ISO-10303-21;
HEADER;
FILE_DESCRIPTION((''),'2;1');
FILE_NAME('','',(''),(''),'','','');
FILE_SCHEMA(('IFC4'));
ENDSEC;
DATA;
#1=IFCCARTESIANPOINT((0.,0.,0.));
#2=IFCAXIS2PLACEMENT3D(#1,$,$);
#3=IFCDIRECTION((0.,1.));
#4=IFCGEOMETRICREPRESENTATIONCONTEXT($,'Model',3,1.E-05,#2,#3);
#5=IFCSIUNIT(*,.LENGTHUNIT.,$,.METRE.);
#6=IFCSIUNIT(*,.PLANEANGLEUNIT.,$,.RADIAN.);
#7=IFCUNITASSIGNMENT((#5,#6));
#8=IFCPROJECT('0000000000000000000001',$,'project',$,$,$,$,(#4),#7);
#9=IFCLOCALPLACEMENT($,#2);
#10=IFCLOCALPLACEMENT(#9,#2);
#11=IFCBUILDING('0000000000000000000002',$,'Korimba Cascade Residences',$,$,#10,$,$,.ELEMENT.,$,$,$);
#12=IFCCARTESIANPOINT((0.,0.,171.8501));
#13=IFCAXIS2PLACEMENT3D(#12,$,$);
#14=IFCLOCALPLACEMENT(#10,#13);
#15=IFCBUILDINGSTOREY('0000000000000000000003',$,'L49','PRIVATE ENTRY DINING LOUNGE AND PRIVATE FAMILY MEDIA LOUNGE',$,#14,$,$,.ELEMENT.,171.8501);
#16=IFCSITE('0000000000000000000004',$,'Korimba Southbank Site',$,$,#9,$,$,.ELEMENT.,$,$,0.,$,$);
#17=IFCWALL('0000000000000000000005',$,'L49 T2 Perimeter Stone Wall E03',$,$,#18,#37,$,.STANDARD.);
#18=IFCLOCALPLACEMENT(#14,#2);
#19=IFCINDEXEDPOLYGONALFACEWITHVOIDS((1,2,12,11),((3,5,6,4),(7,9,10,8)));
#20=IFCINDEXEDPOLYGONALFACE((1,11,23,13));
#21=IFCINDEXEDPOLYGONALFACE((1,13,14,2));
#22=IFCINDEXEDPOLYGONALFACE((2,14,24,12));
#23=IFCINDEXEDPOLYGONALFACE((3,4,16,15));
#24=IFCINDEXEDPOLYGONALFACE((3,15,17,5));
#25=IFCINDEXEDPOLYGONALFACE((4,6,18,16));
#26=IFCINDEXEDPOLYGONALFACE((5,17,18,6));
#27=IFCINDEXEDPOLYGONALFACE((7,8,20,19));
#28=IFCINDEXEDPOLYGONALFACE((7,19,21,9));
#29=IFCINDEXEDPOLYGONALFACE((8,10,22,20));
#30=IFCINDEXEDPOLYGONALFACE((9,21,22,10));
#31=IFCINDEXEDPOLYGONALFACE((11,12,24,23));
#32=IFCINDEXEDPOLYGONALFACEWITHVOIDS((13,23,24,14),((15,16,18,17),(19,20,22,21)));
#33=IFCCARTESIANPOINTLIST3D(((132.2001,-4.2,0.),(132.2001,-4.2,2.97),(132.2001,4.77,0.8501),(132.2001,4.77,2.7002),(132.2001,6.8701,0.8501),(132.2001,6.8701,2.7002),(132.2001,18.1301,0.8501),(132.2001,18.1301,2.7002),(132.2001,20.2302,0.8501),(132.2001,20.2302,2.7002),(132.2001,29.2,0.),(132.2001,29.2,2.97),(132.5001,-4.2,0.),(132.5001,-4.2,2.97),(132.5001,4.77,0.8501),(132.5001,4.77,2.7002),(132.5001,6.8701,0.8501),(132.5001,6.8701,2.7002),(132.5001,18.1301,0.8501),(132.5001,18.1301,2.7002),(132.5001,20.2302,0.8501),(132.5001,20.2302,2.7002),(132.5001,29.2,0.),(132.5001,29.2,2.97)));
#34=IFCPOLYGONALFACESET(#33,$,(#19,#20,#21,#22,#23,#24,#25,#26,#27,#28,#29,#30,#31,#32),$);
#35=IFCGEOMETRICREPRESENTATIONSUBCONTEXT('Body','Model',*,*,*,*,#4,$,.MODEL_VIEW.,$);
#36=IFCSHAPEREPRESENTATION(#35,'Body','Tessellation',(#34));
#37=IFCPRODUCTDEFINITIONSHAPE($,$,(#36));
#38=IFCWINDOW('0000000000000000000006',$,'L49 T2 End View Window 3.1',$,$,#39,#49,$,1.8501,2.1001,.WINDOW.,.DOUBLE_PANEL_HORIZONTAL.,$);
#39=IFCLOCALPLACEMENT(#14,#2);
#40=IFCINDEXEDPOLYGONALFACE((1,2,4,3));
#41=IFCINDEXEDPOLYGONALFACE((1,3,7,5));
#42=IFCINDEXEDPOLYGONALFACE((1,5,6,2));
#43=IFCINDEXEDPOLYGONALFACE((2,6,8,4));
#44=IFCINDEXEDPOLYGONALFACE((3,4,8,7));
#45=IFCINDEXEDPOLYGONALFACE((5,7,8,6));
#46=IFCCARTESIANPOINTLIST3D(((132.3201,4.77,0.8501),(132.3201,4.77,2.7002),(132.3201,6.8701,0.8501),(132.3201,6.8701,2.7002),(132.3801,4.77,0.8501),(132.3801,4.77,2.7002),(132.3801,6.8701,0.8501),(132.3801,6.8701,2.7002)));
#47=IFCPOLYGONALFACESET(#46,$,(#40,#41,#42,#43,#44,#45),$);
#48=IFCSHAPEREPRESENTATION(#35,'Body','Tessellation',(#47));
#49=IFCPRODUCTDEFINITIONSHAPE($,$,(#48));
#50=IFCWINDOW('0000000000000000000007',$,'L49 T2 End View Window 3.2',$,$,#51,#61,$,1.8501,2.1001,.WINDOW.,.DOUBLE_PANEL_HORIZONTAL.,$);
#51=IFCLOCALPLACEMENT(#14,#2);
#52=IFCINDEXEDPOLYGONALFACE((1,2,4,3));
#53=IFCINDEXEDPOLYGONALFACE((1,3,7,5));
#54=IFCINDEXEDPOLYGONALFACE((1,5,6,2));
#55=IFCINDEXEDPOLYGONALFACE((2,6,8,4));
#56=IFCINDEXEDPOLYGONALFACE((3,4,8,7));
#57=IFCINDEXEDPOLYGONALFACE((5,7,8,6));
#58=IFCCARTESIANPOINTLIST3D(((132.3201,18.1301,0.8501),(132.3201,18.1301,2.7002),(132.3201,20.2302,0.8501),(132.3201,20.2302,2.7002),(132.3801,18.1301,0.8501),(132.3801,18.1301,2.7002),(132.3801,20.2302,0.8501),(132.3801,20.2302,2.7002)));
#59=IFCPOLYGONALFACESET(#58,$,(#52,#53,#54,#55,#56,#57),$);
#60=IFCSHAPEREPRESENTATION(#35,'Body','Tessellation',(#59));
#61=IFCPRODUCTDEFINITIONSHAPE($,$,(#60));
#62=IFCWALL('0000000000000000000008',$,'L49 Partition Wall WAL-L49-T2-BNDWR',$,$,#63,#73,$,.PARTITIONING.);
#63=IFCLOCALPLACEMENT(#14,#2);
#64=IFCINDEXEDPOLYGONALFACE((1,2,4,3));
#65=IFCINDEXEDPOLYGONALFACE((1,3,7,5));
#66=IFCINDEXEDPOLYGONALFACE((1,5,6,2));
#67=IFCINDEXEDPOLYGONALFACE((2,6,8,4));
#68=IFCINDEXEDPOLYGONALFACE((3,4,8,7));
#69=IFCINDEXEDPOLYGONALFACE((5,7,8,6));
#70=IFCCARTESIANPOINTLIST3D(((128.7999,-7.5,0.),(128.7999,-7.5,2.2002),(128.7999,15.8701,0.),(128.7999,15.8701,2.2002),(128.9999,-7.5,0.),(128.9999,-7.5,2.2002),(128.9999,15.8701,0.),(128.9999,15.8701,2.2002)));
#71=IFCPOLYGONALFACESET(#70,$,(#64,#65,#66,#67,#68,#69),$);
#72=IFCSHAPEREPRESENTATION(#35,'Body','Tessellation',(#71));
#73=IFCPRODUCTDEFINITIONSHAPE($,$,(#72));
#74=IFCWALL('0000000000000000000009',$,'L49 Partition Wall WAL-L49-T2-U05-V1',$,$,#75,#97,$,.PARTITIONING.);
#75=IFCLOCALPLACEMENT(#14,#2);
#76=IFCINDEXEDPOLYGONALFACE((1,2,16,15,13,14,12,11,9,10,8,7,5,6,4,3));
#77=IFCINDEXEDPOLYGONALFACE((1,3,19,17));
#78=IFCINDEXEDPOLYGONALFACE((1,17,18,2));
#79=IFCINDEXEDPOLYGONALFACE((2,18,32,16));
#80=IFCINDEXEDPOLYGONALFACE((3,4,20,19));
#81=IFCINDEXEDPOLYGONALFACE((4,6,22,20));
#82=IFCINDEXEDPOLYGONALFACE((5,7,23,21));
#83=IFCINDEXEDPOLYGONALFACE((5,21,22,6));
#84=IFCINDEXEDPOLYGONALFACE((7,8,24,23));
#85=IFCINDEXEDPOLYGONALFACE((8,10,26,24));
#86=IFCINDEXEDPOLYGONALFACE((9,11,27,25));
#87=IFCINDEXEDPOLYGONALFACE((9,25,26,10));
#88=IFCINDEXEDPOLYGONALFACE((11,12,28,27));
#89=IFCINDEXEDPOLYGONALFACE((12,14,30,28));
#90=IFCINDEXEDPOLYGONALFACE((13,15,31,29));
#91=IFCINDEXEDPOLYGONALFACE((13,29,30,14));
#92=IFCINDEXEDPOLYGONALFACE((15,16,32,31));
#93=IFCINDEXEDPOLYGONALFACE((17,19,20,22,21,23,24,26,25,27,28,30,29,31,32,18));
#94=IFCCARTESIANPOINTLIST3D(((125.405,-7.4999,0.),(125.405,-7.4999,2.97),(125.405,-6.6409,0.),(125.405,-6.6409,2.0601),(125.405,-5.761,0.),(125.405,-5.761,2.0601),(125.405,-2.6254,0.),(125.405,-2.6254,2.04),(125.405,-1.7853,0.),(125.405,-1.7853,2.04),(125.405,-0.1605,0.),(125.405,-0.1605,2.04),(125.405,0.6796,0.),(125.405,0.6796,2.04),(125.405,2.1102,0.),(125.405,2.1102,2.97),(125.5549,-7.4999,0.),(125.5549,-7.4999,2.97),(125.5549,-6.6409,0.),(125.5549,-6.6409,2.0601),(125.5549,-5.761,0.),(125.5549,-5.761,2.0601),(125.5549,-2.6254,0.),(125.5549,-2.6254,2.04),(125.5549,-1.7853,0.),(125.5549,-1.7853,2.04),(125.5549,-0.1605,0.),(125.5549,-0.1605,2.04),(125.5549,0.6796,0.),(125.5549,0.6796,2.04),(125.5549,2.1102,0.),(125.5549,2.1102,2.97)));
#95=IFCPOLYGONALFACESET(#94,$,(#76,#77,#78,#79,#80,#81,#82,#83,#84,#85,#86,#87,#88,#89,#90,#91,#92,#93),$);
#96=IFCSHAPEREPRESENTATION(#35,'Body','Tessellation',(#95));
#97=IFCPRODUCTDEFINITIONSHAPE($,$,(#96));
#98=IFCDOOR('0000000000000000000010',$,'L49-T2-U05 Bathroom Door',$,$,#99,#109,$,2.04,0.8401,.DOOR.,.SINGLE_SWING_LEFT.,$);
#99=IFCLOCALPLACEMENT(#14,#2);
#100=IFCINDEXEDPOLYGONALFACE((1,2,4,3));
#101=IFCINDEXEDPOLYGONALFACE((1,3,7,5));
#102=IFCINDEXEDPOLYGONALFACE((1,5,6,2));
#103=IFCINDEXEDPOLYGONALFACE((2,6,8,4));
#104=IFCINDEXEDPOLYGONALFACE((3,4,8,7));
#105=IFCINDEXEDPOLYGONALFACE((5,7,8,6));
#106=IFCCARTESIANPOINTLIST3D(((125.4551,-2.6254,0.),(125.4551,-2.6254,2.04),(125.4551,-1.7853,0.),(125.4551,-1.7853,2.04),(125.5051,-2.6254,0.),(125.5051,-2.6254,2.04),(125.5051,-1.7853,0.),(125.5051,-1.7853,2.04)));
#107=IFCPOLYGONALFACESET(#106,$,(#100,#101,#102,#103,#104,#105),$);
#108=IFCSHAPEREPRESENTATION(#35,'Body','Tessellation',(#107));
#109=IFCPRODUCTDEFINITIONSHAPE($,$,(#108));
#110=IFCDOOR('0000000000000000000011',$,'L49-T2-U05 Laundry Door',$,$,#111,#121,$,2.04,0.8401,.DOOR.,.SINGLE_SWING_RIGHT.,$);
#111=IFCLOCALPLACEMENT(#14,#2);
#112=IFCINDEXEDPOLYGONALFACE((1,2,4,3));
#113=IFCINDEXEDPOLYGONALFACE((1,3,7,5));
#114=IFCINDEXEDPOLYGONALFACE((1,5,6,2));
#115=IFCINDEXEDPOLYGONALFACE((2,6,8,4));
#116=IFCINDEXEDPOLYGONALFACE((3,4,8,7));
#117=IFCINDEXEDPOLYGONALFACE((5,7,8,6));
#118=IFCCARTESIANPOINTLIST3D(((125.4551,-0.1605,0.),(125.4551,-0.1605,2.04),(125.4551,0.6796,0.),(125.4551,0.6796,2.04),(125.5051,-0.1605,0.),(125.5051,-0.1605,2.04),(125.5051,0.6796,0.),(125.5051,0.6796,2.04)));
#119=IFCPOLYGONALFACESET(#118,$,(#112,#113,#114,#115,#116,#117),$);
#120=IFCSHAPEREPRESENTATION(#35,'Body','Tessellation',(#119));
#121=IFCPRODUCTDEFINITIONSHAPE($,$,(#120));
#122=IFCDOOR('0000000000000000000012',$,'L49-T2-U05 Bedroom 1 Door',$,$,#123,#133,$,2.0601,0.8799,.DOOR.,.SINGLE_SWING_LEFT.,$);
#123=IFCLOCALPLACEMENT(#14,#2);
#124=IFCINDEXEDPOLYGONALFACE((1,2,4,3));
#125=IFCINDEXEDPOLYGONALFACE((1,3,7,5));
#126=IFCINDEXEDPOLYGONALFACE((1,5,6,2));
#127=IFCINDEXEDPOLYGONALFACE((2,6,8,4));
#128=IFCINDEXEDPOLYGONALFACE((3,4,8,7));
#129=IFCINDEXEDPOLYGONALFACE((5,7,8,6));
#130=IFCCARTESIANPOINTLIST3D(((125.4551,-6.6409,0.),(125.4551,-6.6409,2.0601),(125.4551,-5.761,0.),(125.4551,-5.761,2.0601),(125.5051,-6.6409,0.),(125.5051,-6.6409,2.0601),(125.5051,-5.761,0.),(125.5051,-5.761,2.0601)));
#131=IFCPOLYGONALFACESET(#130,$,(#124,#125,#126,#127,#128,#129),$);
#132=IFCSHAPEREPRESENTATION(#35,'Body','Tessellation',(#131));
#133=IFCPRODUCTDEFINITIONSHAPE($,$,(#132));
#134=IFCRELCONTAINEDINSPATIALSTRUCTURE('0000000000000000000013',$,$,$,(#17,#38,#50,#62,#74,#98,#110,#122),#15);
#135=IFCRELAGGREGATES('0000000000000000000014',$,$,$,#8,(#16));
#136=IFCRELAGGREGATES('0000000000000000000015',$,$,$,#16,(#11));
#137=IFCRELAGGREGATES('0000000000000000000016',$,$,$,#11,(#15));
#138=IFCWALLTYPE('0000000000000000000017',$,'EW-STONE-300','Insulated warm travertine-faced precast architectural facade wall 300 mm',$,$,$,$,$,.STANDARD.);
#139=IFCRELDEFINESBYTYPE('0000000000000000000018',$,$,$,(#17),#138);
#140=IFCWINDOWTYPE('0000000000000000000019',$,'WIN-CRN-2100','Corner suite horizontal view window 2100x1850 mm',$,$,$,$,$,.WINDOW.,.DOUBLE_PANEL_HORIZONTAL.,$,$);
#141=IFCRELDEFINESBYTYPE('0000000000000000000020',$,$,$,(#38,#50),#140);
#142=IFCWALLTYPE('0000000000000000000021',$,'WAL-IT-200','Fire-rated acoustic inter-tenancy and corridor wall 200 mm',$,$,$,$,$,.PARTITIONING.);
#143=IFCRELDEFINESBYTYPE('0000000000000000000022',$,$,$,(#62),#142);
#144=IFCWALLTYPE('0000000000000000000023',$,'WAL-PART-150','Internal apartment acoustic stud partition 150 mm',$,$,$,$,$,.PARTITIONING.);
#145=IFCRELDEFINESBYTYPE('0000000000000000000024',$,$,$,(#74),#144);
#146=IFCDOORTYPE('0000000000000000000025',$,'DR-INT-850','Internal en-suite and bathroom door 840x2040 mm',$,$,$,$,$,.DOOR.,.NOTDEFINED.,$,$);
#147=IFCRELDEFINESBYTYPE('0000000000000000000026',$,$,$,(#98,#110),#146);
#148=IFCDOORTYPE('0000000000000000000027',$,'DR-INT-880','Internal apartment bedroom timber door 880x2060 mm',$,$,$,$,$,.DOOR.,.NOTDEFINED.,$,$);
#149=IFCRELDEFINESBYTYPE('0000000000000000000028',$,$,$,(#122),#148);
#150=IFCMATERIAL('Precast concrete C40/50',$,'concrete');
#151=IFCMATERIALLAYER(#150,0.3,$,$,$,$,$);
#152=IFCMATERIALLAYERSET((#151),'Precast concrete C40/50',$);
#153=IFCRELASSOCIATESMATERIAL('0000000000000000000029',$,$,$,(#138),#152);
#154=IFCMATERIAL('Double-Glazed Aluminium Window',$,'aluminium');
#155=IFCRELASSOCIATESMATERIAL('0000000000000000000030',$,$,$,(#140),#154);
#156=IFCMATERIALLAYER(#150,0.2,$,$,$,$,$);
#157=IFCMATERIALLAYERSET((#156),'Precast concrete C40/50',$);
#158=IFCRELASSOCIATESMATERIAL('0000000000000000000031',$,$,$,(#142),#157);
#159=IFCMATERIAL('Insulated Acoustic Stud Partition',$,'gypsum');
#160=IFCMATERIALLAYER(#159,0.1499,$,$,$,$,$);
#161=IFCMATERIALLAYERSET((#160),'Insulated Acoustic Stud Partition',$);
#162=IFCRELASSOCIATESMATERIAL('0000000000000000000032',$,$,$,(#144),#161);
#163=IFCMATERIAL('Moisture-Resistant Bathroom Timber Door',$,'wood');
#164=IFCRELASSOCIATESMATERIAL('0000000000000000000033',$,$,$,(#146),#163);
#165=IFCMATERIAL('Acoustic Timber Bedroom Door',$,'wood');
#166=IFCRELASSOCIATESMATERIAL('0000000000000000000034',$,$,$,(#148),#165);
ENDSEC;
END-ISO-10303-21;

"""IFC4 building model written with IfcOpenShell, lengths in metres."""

from ifc_helpers import new_model, si_unit, direction, frame, frame_2d, origin, place, context, subcontext, project, spatial, rectangle, extrude, material, layer, layer_set, type_object, element, fill, save


model = new_model("IFC4")

# Units and contexts
model_context = context("Model", 3, precision=1e-05, world=origin(), true_north=direction((0.0, 1.0)))
body_context = subcontext(model_context, "Body", "Model", "MODEL_VIEW")
ifc_project = project(units=[si_unit("LENGTHUNIT", "METRE"), si_unit("PLANEANGLEUNIT", "RADIAN")], contexts=[model_context])

# Site, building, storey
site_placement = place(None, origin())
site = spatial("IfcSite", under=ifc_project, at=site_placement, Name="Korimba Southbank Site", CompositionType="ELEMENT", RefElevation=0.0)
building_placement = place(site_placement, origin())
building = spatial("IfcBuilding", under=site, at=building_placement, Name="Korimba Cascade Residences", CompositionType="ELEMENT")
storey_placement = place(building_placement, frame((0.0, 0.0, 171.8501)))
storey = spatial("IfcBuildingStorey", under=building, at=storey_placement, Name="L49", Description="PRIVATE ENTRY DINING LOUNGE AND PRIVATE FAMILY MEDIA LOUNGE", CompositionType="ELEMENT", Elevation=171.8501)

# Shared definitions
ifc_material_1 = material(Name="Precast concrete C40/50", Category="concrete")
ifc_layer_1 = layer(ifc_material_1, 0.3)
ifc_layer_set_1 = layer_set([ifc_layer_1], Name="Precast concrete C40/50")
wall_type_1 = type_object("IfcWallType", Name="EW-STONE-300", Description="Insulated warm travertine-faced precast architectural facade wall 300 mm", PredefinedType="STANDARD", material=ifc_layer_set_1)

# Wall, openings, windows
wall_1_placement = place(storey_placement, frame((132.3501, -4.2, 0.0), z_axis=(0.0, 0.0, 1.0), x_axis=(0.0, 1.0, 0.0)))
wall_1 = element("IfcWall", 1, at=wall_1_placement, inside=storey, type_object=wall_type_1, Name="L49 T2 Perimeter Stone Wall E03", PredefinedType="STANDARD", context=body_context, shape_type="SweptSolid", body=[
    extrude(rectangle(XDim=33.3999, YDim=0.3, at=frame_2d((16.7, 0.0))), origin(), (0.0, 0.0, 1.0), 2.97),
])
opening_1_placement = place(wall_1_placement, frame((8.97, 0.0, 0.8501)))
opening_1 = element("IfcOpeningElement", 2, at=opening_1_placement, cuts=wall_1, PredefinedType="OPENING", context=body_context, shape_type="SweptSolid", body=[
    extrude(rectangle(XDim=2.1001, YDim=1.8501, at=frame_2d((1.05, 0.925))), frame((0.0, 0.1602, 0.0), z_axis=(0.0, -1.0, 0.0), x_axis=(1.0, 0.0, 0.0)), (0.0, 0.0, 1.0), 0.3201),
])
opening_2_placement = place(wall_1_placement, frame((22.3301, 0.0, 0.8501)))
opening_2 = element("IfcOpeningElement", 3, at=opening_2_placement, cuts=wall_1, PredefinedType="OPENING", context=body_context, shape_type="SweptSolid", body=[
    extrude(rectangle(XDim=2.1001, YDim=1.8501, at=frame_2d((1.05, 0.925))), frame((0.0, 0.1602, 0.0), z_axis=(0.0, -1.0, 0.0), x_axis=(1.0, 0.0, 0.0)), (0.0, 0.0, 1.0), 0.3201),
])
ifc_material_2 = material(Name="Double-Glazed Aluminium Window", Category="aluminium")
window_type = type_object("IfcWindowType", Name="WIN-CRN-2100", Description="Corner suite horizontal view window 2100x1850 mm", PartitioningType="DOUBLE_PANEL_HORIZONTAL", PredefinedType="WINDOW", material=ifc_material_2)
window_1_placement = place(opening_1_placement, origin())
window_1 = element("IfcWindow", 4, at=window_1_placement, inside=storey, type_object=window_type, Name="L49 T2 End View Window 3.1", OverallHeight=1.8501, OverallWidth=2.1001, PartitioningType="DOUBLE_PANEL_HORIZONTAL", PredefinedType="WINDOW", context=body_context, shape_type="SweptSolid", body=[
    extrude(rectangle(XDim=2.1001, YDim=1.8501, at=frame_2d((1.05, 0.925))), frame((0.0, 0.03, 0.0), z_axis=(0.0, -1.0, 0.0), x_axis=(1.0, 0.0, 0.0)), (0.0, 0.0, 1.0), 0.0601),
])
fill(opening_1, window_1)
window_2_placement = place(opening_2_placement, origin())
window_2 = element("IfcWindow", 5, at=window_2_placement, inside=storey, type_object=window_type, Name="L49 T2 End View Window 3.2", OverallHeight=1.8501, OverallWidth=2.1001, PartitioningType="DOUBLE_PANEL_HORIZONTAL", PredefinedType="WINDOW", context=body_context, shape_type="SweptSolid", body=[
    extrude(rectangle(XDim=2.1001, YDim=1.8501, at=frame_2d((1.05, 0.925))), frame((0.0, 0.03, 0.0), z_axis=(0.0, -1.0, 0.0), x_axis=(1.0, 0.0, 0.0)), (0.0, 0.0, 1.0), 0.0601),
])
fill(opening_2, window_2)

# Wall
ifc_layer_2 = layer(ifc_material_1, 0.2)
ifc_layer_set_2 = layer_set([ifc_layer_2], Name="Precast concrete C40/50")
wall_type_2 = type_object("IfcWallType", Name="WAL-IT-200", Description="Fire-rated acoustic inter-tenancy and corridor wall 200 mm", PredefinedType="PARTITIONING", material=ifc_layer_set_2)
wall_2_placement = place(storey_placement, frame((128.8999, -7.5, 0.0), z_axis=(0.0, 0.0, 1.0), x_axis=(0.0, 1.0, 0.0)))
element("IfcWall", 6, at=wall_2_placement, inside=storey, type_object=wall_type_2, Name="L49 Partition Wall WAL-L49-T2-BNDWR", PredefinedType="PARTITIONING", context=body_context, shape_type="SweptSolid", body=[
    extrude(rectangle(XDim=23.3701, YDim=0.2, at=frame_2d((11.6851, 0.0))), origin(), (0.0, 0.0, 1.0), 2.2002),
])

# Wall, openings, doors
ifc_material_3 = material(Name="Insulated Acoustic Stud Partition", Category="gypsum")
ifc_layer_3 = layer(ifc_material_3, 0.1499)
ifc_layer_set_3 = layer_set([ifc_layer_3], Name="Insulated Acoustic Stud Partition")
wall_type_3 = type_object("IfcWallType", Name="WAL-PART-150", Description="Internal apartment acoustic stud partition 150 mm", PredefinedType="PARTITIONING", material=ifc_layer_set_3)
wall_3_placement = place(storey_placement, frame((125.48, -7.5, 0.0), z_axis=(0.0, 0.0, 1.0), x_axis=(0.0, 1.0, 0.0)))
wall_3 = element("IfcWall", 7, at=wall_3_placement, inside=storey, type_object=wall_type_3, Name="L49 Partition Wall WAL-L49-T2-U05-V1", PredefinedType="PARTITIONING", context=body_context, shape_type="SweptSolid", body=[
    extrude(rectangle(XDim=9.6101, YDim=0.1499, at=frame_2d((4.8052, 0.0))), origin(), (0.0, 0.0, 1.0), 2.97),
])
opening_3_placement = place(wall_3_placement, frame((4.8748, 0.0, 0.0)))
opening_3 = element("IfcOpeningElement", 8, at=opening_3_placement, cuts=wall_3, PredefinedType="OPENING", context=body_context, shape_type="SweptSolid", body=[
    extrude(rectangle(XDim=0.8401, YDim=2.04, at=frame_2d((0.4199, 1.02))), frame((0.0, 0.085, 0.0), z_axis=(0.0, -1.0, 0.0), x_axis=(1.0, 0.0, 0.0)), (0.0, 0.0, 1.0), 0.1699),
])
opening_4_placement = place(wall_3_placement, frame((7.3396, 0.0, 0.0)))
opening_4 = element("IfcOpeningElement", 9, at=opening_4_placement, cuts=wall_3, PredefinedType="OPENING", context=body_context, shape_type="SweptSolid", body=[
    extrude(rectangle(XDim=0.8401, YDim=2.04, at=frame_2d((0.4199, 1.02))), frame((0.0, 0.085, 0.0), z_axis=(0.0, -1.0, 0.0), x_axis=(1.0, 0.0, 0.0)), (0.0, 0.0, 1.0), 0.1699),
])
opening_5_placement = place(wall_3_placement, frame((0.8591, 0.0, 0.0)))
opening_5 = element("IfcOpeningElement", 10, at=opening_5_placement, cuts=wall_3, PredefinedType="OPENING", context=body_context, shape_type="SweptSolid", body=[
    extrude(rectangle(XDim=0.8799, YDim=2.0601, at=frame_2d((0.4399, 1.03))), frame((0.0, 0.085, 0.0), z_axis=(0.0, -1.0, 0.0), x_axis=(1.0, 0.0, 0.0)), (0.0, 0.0, 1.0), 0.1699),
])
ifc_material_4 = material(Name="Moisture-Resistant Bathroom Timber Door", Category="wood")
door_type_1 = type_object("IfcDoorType", Name="DR-INT-850", Description="Internal en-suite and bathroom door 840x2040 mm", OperationType="NOTDEFINED", PredefinedType="DOOR", material=ifc_material_4)
door_1_placement = place(opening_3_placement, origin())
door_1 = element("IfcDoor", 11, at=door_1_placement, inside=storey, type_object=door_type_1, Name="L49-T2-U05 Bathroom Door", OperationType="SINGLE_SWING_LEFT", OverallHeight=2.04, OverallWidth=0.8401, PredefinedType="DOOR", context=body_context, shape_type="SweptSolid", body=[
    extrude(rectangle(XDim=0.8401, YDim=2.04, at=frame_2d((0.4199, 1.02))), frame((0.0, 0.0249, 0.0), z_axis=(0.0, -1.0, 0.0), x_axis=(1.0, 0.0, 0.0)), (0.0, 0.0, 1.0), 0.05),
])
fill(opening_3, door_1)
door_2_placement = place(opening_4_placement, origin())
door_2 = element("IfcDoor", 12, at=door_2_placement, inside=storey, type_object=door_type_1, Name="L49-T2-U05 Laundry Door", OperationType="SINGLE_SWING_RIGHT", OverallHeight=2.04, OverallWidth=0.8401, PredefinedType="DOOR", context=body_context, shape_type="SweptSolid", body=[
    extrude(rectangle(XDim=0.8401, YDim=2.04, at=frame_2d((0.4199, 1.02))), frame((0.0, 0.0249, 0.0), z_axis=(0.0, -1.0, 0.0), x_axis=(1.0, 0.0, 0.0)), (0.0, 0.0, 1.0), 0.05),
])
fill(opening_4, door_2)
ifc_material_5 = material(Name="Acoustic Timber Bedroom Door", Category="wood")
door_type_2 = type_object("IfcDoorType", Name="DR-INT-880", Description="Internal apartment bedroom timber door 880x2060 mm", OperationType="NOTDEFINED", PredefinedType="DOOR", material=ifc_material_5)
door_3_placement = place(opening_5_placement, origin())
door_3 = element("IfcDoor", 13, at=door_3_placement, inside=storey, type_object=door_type_2, Name="L49-T2-U05 Bedroom 1 Door", OperationType="SINGLE_SWING_LEFT", OverallHeight=2.0601, OverallWidth=0.8799, PredefinedType="DOOR", context=body_context, shape_type="SweptSolid", body=[
    extrude(rectangle(XDim=0.8799, YDim=2.0601, at=frame_2d((0.4399, 1.03))), frame((0.0, 0.0249, 0.0), z_axis=(0.0, -1.0, 0.0), x_axis=(1.0, 0.0, 0.0)), (0.0, 0.0, 1.0), 0.05),
])
fill(opening_5, door_3)

save(model, "model.ifc")
